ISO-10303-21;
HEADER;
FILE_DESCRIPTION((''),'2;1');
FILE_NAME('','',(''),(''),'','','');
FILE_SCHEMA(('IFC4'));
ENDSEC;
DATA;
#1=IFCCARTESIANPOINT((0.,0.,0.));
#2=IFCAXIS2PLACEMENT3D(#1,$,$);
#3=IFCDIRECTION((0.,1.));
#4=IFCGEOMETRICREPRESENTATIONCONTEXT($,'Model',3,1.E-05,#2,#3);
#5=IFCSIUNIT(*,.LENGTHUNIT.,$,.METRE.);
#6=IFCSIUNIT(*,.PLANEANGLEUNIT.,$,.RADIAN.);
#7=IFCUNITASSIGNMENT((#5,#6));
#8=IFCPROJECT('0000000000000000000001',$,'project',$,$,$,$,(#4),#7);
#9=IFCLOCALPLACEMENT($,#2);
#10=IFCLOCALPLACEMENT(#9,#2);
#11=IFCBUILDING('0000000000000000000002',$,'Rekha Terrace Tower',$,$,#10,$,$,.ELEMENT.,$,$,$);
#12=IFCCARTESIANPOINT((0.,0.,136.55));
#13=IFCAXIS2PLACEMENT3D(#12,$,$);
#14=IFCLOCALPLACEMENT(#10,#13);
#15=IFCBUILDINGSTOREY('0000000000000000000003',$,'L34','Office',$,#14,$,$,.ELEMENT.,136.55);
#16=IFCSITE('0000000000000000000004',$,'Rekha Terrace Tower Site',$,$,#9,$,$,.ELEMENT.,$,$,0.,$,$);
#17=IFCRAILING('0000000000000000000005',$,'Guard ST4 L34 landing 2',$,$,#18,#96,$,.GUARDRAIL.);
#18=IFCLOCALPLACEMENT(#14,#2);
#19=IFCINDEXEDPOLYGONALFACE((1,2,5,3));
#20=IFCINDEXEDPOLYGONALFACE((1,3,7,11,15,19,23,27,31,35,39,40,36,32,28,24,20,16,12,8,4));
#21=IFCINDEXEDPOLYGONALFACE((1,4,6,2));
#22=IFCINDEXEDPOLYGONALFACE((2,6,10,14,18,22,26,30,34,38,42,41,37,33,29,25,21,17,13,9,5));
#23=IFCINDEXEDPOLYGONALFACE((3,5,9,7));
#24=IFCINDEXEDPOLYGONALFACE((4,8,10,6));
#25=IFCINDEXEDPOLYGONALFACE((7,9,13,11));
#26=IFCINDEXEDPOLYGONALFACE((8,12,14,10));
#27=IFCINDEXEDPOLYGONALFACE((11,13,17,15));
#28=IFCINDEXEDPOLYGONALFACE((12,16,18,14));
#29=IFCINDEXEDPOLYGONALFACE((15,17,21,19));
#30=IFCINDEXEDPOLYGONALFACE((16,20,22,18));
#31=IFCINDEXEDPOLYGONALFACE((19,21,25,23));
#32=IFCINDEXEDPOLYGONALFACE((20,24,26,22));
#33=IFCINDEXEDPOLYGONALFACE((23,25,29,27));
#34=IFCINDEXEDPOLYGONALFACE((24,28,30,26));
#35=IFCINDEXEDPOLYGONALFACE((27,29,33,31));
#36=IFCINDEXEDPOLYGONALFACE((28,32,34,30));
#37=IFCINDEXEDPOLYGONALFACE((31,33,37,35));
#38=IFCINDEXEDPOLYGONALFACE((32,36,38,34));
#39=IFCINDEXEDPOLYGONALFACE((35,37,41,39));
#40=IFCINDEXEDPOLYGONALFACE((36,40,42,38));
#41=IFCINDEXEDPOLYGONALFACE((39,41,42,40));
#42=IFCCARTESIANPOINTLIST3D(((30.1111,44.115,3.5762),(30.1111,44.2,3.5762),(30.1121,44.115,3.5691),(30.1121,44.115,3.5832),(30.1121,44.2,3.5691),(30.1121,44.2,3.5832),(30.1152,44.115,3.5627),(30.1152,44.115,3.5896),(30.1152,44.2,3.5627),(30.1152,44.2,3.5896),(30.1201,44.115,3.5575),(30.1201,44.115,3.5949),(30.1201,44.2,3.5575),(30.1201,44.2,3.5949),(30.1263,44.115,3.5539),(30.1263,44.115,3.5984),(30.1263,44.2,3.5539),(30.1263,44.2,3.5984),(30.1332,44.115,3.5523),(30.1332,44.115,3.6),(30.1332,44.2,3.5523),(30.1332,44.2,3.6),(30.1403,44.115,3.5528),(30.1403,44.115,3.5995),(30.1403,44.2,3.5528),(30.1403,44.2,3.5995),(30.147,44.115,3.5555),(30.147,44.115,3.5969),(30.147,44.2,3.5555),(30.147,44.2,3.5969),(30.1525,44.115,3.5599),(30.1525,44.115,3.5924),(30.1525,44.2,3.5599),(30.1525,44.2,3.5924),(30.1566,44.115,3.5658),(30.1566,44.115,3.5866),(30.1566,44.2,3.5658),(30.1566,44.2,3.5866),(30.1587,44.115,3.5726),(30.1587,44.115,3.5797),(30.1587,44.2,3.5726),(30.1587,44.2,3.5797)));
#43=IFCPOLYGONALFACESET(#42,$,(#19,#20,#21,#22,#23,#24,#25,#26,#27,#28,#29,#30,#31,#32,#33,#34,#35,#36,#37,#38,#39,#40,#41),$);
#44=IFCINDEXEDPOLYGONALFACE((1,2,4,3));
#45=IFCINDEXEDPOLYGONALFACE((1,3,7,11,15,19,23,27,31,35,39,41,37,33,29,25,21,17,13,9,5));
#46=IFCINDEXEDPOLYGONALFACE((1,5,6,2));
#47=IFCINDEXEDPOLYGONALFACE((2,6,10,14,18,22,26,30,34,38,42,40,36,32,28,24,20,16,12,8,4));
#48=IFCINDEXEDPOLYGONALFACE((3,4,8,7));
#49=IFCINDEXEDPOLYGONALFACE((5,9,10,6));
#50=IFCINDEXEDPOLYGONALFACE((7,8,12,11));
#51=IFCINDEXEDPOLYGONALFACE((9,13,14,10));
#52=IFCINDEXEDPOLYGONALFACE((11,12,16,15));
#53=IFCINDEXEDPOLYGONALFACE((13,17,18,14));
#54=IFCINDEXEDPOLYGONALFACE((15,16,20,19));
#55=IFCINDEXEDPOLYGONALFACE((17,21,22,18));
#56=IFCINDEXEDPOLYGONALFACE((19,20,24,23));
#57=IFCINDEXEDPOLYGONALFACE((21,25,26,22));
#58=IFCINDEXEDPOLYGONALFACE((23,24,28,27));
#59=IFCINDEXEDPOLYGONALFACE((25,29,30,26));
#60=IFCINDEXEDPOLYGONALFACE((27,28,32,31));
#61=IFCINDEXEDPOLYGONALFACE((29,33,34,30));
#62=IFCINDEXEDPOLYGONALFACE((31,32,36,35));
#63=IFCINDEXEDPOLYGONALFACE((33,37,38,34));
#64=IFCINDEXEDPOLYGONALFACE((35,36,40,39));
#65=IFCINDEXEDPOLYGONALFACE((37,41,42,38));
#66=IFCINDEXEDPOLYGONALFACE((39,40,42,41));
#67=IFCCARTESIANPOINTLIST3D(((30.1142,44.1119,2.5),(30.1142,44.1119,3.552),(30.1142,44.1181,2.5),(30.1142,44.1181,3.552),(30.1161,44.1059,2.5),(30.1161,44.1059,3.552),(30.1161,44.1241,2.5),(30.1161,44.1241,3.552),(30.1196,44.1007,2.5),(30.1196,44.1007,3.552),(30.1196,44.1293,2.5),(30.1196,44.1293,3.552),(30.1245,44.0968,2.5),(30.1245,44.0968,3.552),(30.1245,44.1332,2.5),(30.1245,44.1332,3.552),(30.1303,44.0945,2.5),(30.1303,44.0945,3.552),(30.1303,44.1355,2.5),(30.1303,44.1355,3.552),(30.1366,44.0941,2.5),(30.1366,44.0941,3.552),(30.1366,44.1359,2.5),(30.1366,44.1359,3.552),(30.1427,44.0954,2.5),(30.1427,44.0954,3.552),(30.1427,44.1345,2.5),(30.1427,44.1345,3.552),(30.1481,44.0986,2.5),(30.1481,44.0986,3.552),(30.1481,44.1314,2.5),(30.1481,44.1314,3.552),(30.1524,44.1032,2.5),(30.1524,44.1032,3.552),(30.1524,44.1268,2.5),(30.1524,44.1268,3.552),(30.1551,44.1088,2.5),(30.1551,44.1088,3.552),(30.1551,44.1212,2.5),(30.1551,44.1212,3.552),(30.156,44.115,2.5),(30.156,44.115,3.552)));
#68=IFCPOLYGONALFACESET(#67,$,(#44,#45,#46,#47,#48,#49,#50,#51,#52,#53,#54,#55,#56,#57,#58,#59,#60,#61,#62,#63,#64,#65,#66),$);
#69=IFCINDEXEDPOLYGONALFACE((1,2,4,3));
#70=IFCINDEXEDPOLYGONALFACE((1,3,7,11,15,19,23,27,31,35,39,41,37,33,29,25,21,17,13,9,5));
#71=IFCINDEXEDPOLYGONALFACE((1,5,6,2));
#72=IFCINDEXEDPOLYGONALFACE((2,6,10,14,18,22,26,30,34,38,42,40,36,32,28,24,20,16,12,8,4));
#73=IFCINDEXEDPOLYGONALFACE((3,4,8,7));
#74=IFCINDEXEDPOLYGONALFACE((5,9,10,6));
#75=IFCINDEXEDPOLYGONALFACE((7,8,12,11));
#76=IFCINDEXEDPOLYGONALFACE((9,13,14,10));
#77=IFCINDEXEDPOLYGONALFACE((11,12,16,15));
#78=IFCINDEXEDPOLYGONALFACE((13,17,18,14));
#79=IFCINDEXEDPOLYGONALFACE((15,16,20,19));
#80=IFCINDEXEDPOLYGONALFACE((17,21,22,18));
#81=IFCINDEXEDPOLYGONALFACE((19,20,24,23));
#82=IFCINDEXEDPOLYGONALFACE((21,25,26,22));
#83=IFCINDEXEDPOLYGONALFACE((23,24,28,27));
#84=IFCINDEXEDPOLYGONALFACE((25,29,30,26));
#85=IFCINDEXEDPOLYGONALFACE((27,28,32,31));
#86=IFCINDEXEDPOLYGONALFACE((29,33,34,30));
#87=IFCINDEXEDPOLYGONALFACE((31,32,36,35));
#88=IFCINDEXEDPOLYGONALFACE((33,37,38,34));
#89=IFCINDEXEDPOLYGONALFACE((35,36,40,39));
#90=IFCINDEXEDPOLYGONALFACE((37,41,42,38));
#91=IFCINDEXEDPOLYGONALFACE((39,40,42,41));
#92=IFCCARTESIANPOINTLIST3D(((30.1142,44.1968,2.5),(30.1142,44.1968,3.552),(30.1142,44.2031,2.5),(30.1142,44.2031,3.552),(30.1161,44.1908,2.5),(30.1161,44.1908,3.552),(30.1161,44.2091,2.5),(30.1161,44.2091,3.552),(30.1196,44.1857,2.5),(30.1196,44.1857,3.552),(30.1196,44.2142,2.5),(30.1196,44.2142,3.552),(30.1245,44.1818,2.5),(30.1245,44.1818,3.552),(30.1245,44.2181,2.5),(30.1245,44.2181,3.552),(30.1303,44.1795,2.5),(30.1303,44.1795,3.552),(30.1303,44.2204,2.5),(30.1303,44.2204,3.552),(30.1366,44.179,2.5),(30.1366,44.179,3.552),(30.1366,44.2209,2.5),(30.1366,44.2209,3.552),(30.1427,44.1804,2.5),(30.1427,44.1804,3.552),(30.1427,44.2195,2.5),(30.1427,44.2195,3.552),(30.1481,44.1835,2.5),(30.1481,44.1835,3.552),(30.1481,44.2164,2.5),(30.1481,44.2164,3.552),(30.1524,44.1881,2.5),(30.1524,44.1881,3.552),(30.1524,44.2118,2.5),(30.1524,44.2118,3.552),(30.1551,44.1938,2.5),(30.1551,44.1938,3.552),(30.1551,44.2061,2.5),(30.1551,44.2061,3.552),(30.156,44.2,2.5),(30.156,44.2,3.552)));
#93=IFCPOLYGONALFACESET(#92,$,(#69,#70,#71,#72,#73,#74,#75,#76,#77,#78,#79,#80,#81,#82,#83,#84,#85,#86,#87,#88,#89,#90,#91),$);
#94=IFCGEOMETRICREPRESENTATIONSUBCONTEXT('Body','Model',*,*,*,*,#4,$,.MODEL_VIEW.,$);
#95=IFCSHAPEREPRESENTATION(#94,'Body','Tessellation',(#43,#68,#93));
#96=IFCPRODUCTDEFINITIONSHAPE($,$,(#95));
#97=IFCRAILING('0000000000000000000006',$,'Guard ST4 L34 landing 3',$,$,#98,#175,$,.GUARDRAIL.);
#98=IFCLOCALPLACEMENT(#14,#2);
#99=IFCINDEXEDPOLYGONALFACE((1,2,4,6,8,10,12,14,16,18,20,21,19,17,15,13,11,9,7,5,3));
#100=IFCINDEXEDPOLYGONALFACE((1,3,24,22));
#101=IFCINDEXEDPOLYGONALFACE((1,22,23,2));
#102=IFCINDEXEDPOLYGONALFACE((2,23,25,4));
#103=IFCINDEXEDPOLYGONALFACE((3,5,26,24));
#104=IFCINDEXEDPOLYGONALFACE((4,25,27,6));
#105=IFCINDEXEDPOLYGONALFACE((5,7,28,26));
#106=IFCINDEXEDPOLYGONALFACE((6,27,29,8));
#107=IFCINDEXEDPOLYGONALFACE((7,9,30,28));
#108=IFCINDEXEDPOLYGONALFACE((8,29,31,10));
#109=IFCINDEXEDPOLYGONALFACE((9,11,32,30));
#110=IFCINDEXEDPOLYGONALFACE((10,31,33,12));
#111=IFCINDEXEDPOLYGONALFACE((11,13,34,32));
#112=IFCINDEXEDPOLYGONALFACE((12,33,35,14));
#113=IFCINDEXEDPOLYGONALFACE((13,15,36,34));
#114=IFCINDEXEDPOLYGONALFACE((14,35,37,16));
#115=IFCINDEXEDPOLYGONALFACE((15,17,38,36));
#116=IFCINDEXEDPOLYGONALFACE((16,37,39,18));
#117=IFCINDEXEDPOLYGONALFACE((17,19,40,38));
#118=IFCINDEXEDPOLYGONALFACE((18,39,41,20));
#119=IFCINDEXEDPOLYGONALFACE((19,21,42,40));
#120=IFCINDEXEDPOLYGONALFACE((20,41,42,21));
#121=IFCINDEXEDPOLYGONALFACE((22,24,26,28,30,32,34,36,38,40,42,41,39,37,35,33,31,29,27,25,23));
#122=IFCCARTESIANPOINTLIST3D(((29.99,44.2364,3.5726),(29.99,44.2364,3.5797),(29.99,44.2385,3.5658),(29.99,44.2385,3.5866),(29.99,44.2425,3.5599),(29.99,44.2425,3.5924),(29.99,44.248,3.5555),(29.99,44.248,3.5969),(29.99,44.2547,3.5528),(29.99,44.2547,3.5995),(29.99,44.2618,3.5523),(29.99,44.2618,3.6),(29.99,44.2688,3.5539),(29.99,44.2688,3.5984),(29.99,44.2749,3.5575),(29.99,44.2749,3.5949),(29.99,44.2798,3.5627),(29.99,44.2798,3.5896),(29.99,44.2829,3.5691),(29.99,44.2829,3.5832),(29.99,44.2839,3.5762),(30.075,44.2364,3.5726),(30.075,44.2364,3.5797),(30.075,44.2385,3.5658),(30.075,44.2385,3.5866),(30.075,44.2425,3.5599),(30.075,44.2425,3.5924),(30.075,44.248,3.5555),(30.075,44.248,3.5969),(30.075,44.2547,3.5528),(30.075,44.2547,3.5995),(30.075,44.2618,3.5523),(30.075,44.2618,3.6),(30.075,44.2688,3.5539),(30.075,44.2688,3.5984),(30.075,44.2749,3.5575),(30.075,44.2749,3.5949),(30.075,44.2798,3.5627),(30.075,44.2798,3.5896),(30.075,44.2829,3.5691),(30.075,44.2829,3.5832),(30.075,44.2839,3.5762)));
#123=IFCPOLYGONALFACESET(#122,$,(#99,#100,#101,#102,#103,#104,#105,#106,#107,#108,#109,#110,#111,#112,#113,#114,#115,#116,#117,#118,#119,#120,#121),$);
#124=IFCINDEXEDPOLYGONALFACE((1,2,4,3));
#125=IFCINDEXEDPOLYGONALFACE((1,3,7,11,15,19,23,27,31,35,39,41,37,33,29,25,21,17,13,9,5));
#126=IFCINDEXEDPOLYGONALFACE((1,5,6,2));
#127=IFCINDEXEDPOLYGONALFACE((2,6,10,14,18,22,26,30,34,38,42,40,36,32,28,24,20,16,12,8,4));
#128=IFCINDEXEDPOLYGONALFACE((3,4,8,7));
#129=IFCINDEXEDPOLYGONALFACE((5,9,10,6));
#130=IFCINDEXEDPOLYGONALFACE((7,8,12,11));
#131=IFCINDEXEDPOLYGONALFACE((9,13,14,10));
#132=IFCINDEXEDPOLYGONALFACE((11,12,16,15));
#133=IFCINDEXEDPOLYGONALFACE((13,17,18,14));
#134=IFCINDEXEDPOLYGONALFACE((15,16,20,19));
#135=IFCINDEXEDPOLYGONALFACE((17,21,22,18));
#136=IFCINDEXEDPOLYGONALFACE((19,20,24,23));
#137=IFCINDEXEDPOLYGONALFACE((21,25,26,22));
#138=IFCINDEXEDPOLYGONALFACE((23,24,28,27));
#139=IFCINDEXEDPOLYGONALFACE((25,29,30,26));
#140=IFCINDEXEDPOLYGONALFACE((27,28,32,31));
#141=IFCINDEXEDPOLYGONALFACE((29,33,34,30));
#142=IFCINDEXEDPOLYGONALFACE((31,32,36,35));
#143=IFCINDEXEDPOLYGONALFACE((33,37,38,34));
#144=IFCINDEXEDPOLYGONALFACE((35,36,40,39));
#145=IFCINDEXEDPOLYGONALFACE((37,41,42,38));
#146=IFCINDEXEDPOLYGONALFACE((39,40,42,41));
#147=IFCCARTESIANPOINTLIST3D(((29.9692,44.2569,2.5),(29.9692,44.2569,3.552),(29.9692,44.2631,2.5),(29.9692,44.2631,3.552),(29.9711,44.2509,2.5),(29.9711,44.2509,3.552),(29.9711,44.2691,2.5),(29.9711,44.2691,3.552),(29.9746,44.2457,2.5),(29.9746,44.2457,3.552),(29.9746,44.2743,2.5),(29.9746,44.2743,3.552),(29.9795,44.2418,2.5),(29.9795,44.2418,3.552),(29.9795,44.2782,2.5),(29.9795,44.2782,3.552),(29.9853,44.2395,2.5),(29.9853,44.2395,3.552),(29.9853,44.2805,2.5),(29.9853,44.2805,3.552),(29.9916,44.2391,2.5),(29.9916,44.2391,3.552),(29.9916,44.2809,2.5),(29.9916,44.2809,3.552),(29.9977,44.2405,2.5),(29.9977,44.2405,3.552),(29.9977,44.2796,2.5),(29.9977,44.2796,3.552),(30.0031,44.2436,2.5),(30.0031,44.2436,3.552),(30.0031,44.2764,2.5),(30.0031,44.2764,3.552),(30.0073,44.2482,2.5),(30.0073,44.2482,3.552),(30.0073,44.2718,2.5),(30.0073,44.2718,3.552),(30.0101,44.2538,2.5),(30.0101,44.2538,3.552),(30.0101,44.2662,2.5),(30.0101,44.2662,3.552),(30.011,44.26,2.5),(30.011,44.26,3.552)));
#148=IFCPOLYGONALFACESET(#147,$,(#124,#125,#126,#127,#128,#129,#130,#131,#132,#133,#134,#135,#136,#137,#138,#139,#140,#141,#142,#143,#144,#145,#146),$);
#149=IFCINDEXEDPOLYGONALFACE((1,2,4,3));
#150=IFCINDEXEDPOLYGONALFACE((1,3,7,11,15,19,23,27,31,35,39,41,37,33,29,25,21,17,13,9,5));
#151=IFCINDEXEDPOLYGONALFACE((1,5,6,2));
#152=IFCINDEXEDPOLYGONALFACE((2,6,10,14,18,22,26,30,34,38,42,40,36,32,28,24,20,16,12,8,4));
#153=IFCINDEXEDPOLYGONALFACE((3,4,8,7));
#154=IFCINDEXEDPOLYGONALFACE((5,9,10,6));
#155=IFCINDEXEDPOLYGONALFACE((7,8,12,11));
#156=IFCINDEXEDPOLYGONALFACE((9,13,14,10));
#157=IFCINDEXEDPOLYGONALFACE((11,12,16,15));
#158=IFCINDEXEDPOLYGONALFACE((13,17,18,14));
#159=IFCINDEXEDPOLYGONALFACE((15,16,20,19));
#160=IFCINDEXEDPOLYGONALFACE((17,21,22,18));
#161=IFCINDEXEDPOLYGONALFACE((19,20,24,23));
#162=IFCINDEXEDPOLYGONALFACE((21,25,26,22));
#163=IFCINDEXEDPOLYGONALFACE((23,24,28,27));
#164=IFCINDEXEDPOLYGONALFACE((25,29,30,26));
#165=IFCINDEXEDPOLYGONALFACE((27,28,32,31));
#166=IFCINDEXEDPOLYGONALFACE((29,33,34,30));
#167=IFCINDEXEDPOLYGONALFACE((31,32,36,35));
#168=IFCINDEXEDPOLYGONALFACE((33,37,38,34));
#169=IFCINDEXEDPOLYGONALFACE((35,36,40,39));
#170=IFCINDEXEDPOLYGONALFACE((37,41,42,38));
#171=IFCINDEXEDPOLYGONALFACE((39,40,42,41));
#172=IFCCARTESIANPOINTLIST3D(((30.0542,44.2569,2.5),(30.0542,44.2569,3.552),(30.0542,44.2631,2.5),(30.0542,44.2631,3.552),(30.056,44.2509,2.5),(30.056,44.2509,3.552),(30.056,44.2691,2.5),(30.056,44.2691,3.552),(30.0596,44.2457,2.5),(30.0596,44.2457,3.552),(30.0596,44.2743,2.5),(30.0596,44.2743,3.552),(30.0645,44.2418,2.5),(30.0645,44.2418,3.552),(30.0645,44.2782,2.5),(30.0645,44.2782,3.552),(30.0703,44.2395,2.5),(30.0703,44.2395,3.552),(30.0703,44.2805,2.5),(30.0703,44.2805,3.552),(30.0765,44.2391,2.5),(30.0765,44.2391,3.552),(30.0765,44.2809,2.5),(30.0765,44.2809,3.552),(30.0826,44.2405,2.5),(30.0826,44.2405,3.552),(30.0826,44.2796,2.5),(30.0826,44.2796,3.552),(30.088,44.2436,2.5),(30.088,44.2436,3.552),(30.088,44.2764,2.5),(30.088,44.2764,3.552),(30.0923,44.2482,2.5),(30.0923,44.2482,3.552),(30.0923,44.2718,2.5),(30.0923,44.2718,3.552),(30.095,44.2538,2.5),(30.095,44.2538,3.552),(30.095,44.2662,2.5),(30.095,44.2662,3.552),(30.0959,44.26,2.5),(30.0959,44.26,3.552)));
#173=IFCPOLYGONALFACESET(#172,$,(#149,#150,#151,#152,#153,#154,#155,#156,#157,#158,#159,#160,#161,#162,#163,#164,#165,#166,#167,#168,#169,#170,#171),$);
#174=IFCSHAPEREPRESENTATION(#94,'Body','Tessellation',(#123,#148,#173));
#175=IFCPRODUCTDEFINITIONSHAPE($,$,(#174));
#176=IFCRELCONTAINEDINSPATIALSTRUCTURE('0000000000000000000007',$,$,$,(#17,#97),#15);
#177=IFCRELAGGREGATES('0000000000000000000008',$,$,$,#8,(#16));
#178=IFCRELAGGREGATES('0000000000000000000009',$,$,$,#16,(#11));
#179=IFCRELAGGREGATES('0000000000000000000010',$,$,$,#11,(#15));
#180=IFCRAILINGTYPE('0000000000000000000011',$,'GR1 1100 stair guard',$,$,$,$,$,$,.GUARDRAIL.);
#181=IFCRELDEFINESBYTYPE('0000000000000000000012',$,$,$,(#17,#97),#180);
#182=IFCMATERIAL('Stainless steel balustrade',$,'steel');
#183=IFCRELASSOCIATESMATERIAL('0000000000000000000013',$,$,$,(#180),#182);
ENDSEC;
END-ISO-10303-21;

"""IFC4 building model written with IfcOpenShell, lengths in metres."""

from ifc_helpers import new_model, si_unit, direction, frame, origin, origin_2d, place, context, subcontext, project, spatial, circle, extrude, material, type_object, element, save


model = new_model("IFC4")

# Units and contexts
model_context = context("Model", 3, precision=1e-05, world=origin(), true_north=direction((0.0, 1.0)))
body_context = subcontext(model_context, "Body", "Model", "MODEL_VIEW")
ifc_project = project(units=[si_unit("LENGTHUNIT", "METRE"), si_unit("PLANEANGLEUNIT", "RADIAN")], contexts=[model_context])

# Site, building, storey
site_placement = place(None, origin())
site = spatial("IfcSite", under=ifc_project, at=site_placement, Name="Rekha Terrace Tower Site", CompositionType="ELEMENT", RefElevation=0.0)
building_placement = place(site_placement, origin())
building = spatial("IfcBuilding", under=site, at=building_placement, Name="Rekha Terrace Tower", CompositionType="ELEMENT")
storey_placement = place(building_placement, frame((0.0, 0.0, 136.55)))
storey = spatial("IfcBuildingStorey", under=building, at=storey_placement, Name="L34", Description="Office", CompositionType="ELEMENT", Elevation=136.55)

# Railings
ifc_material_1 = material(Name="Stainless steel balustrade", Category="steel")
railing_type_1 = type_object("IfcRailingType", Name="GR1 1100 stair guard", PredefinedType="GUARDRAIL", material=ifc_material_1)
railing_1_placement = place(storey_placement, frame((30.135, 44.115, 2.5)))
element("IfcRailing", 1, at=railing_1_placement, inside=storey, type_object=railing_type_1, Name="Guard ST4 L34 landing 2", PredefinedType="GUARDRAIL", context=body_context, shape_type="SweptSolid", body=[
    extrude(circle(Radius=0.0239, at=origin_2d()), frame((0.0, 0.0, 1.0762), z_axis=(0.0, 1.0, 0.0), x_axis=(-1.0, 0.0, 0.0)), (0.0, 0.0, 1.0), 0.085),
    extrude(circle(Radius=0.021, at=origin_2d()), origin(), (0.0, 0.0, 1.0), 1.052),
    extrude(circle(Radius=0.021, at=origin_2d()), frame((0.0, 0.085, 0.0)), (0.0, 0.0, 1.0), 1.052),
])
railing_2_placement = place(storey_placement, frame((29.99, 44.26, 2.5)))
element("IfcRailing", 2, at=railing_2_placement, inside=storey, type_object=railing_type_1, Name="Guard ST4 L34 landing 3", PredefinedType="GUARDRAIL", context=body_context, shape_type="SweptSolid", body=[
    extrude(circle(Radius=0.0239, at=origin_2d()), frame((0.0, 0.0, 1.0762), z_axis=(1.0, 0.0, 0.0), x_axis=(0.0, 1.0, 0.0)), (0.0, 0.0, 1.0), 0.085),
    extrude(circle(Radius=0.021, at=origin_2d()), origin(), (0.0, 0.0, 1.0), 1.052),
    extrude(circle(Radius=0.021, at=origin_2d()), frame((0.085, 0.0, 0.0)), (0.0, 0.0, 1.0), 1.052),
])

save(model, "model.ifc")
